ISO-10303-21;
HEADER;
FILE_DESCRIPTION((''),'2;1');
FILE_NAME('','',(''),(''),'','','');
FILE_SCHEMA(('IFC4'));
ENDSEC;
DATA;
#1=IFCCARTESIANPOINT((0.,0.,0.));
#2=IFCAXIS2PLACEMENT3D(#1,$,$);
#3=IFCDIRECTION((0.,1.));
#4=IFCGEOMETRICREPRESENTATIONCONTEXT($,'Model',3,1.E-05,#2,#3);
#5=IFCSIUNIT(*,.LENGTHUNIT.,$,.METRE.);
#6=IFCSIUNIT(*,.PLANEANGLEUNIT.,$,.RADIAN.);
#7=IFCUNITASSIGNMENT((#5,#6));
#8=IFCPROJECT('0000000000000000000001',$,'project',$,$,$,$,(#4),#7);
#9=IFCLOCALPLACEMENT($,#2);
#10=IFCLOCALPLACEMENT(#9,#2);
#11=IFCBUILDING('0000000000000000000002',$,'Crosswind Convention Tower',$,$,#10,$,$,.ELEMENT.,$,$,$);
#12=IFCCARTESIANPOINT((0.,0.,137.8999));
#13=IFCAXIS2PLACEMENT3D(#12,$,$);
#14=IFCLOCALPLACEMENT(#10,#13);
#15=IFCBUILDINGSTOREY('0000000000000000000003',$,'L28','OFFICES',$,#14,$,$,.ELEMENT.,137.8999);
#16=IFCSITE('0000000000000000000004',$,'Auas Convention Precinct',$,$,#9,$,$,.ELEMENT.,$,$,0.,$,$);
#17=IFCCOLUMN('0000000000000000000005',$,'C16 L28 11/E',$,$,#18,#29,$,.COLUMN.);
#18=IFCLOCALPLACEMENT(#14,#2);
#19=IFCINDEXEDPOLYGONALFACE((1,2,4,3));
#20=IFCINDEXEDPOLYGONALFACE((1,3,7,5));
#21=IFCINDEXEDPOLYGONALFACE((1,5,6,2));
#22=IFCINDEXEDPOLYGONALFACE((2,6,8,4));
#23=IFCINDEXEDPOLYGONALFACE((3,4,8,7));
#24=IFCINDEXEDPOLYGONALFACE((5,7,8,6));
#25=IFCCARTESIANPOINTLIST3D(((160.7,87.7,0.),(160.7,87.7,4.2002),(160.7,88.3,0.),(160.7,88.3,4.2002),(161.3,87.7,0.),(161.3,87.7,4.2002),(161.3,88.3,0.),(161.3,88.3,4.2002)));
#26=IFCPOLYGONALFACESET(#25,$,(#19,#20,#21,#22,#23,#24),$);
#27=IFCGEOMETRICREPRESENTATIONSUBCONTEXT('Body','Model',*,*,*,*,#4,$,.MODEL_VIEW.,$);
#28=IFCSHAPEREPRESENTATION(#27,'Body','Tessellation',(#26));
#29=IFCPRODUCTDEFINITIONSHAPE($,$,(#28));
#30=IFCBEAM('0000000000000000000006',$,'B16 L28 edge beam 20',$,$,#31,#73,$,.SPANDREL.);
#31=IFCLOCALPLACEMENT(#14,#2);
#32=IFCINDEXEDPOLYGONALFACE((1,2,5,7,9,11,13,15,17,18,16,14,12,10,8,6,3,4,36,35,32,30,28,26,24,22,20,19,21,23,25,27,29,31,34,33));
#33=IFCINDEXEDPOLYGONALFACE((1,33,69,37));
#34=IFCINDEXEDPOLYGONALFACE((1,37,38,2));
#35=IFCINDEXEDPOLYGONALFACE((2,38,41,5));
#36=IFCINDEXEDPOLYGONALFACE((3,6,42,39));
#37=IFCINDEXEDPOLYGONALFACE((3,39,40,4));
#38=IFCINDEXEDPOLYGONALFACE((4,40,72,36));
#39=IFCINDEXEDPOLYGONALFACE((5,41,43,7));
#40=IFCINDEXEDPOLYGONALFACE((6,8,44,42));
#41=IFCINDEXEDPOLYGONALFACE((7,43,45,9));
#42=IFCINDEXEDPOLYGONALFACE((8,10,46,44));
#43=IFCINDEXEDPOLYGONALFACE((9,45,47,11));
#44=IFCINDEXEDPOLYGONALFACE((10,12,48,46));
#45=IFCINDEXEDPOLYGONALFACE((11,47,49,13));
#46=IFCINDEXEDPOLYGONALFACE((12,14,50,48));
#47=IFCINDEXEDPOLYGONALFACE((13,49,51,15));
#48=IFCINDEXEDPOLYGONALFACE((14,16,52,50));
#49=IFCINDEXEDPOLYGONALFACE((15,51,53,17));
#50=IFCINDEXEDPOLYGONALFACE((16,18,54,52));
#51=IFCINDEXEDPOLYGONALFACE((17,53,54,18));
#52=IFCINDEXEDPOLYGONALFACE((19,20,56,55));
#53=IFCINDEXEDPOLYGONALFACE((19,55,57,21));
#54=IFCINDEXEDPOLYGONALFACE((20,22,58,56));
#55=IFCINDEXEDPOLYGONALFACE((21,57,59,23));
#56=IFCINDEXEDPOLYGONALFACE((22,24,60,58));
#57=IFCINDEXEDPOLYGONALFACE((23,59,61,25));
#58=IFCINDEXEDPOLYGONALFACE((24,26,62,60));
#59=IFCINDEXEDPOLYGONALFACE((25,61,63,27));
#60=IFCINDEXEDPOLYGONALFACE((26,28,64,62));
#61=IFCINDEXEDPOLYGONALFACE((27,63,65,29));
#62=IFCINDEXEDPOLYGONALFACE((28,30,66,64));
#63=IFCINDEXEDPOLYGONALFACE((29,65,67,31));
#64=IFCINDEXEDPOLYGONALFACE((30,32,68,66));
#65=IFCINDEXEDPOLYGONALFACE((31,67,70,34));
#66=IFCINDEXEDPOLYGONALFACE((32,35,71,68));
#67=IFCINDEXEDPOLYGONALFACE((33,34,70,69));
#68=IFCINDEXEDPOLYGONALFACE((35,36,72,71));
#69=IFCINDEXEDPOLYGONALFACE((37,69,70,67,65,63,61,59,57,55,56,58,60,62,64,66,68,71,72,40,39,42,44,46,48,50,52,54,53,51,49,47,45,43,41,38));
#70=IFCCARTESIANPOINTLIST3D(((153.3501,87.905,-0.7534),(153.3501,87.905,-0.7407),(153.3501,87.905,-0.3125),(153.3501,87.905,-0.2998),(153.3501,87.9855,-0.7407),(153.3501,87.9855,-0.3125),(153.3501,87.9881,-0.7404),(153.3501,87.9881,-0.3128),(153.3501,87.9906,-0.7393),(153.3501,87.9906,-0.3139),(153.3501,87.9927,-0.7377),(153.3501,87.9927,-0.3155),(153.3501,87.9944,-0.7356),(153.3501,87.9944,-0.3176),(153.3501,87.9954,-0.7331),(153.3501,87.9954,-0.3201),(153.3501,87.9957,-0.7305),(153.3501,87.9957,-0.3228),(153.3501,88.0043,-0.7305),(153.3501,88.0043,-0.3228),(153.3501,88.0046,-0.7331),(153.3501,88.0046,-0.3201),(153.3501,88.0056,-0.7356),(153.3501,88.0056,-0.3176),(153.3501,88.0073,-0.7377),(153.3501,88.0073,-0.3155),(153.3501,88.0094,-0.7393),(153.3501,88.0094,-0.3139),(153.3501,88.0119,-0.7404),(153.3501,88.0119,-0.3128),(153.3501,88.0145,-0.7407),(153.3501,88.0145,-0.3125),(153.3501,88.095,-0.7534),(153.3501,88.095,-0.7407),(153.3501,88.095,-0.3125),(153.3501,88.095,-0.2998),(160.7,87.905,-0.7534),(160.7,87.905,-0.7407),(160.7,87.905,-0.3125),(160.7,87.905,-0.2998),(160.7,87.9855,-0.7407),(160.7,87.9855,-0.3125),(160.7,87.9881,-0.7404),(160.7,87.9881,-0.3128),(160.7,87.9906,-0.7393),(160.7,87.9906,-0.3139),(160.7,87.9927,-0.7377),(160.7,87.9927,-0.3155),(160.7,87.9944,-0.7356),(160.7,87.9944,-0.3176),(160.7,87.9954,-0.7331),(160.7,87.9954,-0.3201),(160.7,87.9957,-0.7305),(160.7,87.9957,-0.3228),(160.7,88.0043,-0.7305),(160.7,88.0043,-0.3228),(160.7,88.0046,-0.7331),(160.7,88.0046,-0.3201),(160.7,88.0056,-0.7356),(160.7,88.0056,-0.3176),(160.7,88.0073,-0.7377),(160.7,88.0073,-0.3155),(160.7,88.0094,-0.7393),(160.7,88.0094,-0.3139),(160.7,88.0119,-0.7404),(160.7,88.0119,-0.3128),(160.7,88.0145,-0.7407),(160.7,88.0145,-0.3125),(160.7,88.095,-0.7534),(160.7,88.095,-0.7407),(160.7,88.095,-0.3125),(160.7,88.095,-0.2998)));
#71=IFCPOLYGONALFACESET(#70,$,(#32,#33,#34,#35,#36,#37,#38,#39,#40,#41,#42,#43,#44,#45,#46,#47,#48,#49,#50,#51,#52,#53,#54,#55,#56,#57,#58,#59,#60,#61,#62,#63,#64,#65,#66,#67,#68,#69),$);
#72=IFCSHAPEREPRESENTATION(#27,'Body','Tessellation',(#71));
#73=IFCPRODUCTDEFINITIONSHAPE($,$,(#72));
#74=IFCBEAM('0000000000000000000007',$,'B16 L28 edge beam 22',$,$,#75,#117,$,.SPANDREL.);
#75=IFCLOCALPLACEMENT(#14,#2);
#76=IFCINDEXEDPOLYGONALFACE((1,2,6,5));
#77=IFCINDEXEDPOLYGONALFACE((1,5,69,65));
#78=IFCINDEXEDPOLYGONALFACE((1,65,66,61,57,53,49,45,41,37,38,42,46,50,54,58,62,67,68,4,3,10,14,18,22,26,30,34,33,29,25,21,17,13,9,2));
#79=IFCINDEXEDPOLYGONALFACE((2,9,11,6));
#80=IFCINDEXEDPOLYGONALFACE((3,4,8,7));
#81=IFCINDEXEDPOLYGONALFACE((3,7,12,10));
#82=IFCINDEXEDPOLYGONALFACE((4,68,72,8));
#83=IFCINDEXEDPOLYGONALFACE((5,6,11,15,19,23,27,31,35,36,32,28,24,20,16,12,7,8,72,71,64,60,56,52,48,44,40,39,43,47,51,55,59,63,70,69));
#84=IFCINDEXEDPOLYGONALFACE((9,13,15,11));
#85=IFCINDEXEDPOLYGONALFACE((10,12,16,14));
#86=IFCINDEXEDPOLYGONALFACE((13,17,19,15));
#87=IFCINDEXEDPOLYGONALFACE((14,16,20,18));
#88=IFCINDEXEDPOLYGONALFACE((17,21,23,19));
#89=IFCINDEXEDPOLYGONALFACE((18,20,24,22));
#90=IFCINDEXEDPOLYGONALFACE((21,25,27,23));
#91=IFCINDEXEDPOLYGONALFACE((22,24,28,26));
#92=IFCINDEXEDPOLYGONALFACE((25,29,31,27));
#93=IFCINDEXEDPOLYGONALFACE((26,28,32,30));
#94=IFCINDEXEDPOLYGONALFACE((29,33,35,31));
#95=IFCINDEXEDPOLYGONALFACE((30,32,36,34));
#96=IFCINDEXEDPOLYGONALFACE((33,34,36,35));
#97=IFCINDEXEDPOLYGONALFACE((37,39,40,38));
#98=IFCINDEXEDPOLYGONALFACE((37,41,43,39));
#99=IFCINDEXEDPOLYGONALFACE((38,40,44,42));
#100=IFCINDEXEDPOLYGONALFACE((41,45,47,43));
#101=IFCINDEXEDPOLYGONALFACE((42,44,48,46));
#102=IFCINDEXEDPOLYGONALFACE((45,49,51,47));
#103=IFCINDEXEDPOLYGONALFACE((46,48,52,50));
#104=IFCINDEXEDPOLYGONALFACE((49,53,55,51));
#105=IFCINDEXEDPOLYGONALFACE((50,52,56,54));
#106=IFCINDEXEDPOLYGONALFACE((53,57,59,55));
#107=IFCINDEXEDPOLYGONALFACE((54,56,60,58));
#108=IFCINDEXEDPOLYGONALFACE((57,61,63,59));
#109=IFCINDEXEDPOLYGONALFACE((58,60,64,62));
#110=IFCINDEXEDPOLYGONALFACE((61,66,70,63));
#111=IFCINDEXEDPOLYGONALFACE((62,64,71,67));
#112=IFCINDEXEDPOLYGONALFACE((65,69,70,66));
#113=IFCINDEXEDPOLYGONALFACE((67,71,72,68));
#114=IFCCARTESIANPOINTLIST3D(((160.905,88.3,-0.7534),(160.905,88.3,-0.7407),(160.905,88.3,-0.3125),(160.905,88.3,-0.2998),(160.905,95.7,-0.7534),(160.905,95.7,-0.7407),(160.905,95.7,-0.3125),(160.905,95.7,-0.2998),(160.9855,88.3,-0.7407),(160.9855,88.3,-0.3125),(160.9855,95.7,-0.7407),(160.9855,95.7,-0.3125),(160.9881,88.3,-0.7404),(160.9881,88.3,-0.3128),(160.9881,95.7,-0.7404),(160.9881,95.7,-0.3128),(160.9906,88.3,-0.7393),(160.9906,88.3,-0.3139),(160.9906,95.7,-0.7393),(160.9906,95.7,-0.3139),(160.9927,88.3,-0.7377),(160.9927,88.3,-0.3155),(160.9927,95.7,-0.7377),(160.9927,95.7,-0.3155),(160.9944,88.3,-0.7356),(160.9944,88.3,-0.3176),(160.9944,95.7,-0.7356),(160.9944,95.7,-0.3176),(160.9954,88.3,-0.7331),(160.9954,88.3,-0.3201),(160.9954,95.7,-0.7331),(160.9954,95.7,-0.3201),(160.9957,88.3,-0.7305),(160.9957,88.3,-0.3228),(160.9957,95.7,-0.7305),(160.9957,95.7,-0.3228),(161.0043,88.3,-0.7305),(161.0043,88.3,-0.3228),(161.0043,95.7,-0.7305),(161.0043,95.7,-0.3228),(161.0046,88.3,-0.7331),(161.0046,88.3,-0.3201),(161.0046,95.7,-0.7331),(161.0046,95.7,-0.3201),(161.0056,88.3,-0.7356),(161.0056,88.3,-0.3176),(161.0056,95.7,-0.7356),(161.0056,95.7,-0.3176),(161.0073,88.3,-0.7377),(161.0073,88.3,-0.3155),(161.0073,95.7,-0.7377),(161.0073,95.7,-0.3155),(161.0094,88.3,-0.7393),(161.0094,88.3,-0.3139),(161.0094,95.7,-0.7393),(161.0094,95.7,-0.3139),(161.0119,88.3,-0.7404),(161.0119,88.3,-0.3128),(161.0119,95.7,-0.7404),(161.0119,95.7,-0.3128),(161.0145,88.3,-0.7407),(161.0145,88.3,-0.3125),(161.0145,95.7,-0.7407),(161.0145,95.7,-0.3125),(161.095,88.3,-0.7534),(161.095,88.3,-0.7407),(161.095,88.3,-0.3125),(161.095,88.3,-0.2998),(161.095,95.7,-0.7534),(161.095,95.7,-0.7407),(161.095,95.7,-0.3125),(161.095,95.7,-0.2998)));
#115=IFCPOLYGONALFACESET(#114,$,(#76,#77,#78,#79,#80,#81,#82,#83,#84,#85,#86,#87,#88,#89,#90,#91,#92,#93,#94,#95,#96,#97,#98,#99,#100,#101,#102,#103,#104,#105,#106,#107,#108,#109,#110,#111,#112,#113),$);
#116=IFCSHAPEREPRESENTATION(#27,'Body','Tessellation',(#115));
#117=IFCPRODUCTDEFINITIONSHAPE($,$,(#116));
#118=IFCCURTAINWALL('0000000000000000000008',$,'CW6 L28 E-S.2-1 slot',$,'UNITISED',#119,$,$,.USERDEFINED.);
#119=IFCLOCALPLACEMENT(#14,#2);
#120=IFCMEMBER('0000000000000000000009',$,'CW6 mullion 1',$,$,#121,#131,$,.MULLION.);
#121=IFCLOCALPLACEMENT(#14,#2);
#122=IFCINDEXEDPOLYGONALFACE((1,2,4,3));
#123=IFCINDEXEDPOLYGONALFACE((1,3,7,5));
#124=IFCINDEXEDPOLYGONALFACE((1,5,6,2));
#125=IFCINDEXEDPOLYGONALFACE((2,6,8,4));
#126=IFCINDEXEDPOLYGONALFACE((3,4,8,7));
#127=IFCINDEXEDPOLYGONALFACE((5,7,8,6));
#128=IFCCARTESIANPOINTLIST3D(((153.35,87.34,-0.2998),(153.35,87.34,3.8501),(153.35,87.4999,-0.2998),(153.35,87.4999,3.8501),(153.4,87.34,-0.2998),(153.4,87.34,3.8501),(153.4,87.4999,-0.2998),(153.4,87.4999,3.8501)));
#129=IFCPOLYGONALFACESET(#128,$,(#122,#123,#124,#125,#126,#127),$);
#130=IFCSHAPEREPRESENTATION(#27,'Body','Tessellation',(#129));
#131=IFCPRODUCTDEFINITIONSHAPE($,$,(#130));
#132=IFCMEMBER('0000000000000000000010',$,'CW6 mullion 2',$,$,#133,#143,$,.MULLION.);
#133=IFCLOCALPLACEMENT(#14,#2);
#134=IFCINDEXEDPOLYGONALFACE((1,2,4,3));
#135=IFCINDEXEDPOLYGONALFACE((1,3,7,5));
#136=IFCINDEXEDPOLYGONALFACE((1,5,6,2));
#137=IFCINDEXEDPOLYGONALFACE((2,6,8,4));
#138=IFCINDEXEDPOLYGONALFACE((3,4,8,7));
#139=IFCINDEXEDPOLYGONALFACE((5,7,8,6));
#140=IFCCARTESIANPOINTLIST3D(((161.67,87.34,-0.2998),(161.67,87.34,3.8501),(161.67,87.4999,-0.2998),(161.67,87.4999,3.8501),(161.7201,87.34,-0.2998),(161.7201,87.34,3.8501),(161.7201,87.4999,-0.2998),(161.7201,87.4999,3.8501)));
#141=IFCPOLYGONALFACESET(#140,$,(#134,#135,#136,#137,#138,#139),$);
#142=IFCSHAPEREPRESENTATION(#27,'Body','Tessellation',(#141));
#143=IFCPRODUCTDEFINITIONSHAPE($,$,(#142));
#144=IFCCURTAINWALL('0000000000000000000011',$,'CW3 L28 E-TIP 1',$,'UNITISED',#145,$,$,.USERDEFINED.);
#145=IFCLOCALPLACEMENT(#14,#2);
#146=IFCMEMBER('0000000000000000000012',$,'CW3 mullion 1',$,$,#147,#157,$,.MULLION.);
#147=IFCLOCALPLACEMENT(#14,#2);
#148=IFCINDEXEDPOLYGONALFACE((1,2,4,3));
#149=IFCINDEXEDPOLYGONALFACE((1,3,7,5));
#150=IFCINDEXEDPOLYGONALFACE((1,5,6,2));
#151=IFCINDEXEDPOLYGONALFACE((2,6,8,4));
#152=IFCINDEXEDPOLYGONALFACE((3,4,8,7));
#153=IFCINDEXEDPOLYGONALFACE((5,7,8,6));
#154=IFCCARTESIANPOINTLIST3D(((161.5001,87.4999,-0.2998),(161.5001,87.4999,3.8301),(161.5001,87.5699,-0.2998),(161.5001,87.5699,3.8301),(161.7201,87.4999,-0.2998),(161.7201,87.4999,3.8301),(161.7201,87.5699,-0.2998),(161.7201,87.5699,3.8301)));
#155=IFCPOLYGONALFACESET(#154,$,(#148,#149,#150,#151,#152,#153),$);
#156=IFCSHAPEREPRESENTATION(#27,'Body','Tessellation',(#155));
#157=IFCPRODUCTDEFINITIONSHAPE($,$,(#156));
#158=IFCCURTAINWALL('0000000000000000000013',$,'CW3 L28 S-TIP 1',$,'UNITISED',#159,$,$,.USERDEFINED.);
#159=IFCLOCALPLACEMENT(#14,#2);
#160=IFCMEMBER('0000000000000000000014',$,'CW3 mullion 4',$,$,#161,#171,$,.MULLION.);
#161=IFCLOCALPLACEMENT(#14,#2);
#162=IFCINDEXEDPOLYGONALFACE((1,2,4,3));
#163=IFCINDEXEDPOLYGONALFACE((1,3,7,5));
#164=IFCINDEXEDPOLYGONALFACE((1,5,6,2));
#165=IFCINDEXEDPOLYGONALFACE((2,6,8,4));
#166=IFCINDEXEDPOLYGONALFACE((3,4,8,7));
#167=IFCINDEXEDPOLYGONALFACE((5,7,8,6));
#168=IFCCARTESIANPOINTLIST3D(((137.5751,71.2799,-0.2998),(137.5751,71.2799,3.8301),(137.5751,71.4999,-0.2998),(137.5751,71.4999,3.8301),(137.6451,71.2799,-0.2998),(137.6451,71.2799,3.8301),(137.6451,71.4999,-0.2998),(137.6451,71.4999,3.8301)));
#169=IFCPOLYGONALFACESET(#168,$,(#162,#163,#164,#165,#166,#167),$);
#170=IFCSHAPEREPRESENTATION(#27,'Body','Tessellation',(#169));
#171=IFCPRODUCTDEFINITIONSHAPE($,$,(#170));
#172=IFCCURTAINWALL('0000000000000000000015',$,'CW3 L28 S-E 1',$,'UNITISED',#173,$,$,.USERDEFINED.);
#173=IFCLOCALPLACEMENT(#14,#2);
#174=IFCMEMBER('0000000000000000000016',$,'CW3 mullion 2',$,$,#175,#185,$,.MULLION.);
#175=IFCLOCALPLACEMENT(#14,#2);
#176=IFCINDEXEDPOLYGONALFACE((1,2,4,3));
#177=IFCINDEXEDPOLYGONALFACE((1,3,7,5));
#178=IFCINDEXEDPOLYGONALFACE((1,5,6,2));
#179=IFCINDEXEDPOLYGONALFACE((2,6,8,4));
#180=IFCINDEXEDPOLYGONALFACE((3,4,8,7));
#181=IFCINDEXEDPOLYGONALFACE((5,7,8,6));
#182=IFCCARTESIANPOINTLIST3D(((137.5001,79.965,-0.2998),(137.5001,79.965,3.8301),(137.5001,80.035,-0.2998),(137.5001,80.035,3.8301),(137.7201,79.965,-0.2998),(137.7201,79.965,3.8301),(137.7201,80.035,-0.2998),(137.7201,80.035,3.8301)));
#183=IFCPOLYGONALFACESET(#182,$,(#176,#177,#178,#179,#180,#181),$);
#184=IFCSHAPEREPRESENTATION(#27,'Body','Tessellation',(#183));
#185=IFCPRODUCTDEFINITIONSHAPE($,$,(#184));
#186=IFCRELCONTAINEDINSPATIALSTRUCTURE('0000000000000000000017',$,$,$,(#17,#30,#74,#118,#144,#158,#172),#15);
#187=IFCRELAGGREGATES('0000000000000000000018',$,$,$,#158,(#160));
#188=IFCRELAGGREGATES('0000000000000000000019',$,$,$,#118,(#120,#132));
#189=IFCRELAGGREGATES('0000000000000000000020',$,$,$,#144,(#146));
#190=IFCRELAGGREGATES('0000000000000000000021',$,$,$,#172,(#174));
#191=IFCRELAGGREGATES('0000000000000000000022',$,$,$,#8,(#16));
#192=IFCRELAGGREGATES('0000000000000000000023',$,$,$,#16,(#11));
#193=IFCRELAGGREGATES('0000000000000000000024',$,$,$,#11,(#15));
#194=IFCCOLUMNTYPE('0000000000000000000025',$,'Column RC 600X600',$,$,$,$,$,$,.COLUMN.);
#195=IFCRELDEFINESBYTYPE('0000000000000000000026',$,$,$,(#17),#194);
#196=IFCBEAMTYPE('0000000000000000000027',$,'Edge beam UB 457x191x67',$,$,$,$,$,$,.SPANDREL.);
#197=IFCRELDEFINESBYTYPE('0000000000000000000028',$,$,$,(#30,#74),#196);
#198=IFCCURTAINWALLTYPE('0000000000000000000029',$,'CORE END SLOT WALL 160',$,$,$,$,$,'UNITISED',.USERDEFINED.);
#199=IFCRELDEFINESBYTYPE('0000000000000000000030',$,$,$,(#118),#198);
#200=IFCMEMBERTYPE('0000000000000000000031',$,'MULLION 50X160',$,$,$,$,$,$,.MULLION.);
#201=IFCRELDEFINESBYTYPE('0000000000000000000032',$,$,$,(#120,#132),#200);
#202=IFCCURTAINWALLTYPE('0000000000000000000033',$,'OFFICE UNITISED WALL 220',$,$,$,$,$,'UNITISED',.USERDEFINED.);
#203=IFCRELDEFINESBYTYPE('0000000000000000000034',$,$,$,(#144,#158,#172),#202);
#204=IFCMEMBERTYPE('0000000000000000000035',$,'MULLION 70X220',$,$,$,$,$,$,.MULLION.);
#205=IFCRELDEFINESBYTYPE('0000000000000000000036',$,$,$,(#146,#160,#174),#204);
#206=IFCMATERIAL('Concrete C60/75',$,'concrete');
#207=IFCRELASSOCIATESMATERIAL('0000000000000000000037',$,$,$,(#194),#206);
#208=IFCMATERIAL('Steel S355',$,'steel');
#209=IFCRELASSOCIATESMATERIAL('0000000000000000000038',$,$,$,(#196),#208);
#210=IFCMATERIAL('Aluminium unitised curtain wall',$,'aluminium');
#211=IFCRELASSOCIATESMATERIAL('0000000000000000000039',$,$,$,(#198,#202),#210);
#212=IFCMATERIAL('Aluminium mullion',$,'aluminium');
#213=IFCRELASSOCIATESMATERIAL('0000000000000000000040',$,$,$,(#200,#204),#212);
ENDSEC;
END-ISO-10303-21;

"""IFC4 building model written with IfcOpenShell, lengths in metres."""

from ifc_helpers import new_model, si_unit, direction, frame, origin, origin_2d, place, context, subcontext, project, spatial, rectangle, i_section, extrude, material, material_profile, profile_set, type_object, element, aggregate, save


model = new_model("IFC4")

# Units and contexts
model_context = context("Model", 3, precision=1e-05, world=origin(), true_north=direction((0.0, 1.0)))
body_context = subcontext(model_context, "Body", "Model", "MODEL_VIEW")
ifc_project = project(units=[si_unit("LENGTHUNIT", "METRE"), si_unit("PLANEANGLEUNIT", "RADIAN")], contexts=[model_context])

# Site, building, storey
site_placement = place(None, origin())
site = spatial("IfcSite", under=ifc_project, at=site_placement, Name="Auas Convention Precinct", CompositionType="ELEMENT", RefElevation=0.0)
building_placement = place(site_placement, origin())
building = spatial("IfcBuilding", under=site, at=building_placement, Name="Crosswind Convention Tower", CompositionType="ELEMENT")
storey_placement = place(building_placement, frame((0.0, 0.0, 137.8999)))
storey = spatial("IfcBuildingStorey", under=building, at=storey_placement, Name="L28", Description="OFFICES", CompositionType="ELEMENT", Elevation=137.8999)

# Column
ifc_material_1 = material(Name="Concrete C60/75", Category="concrete")
ifc_material_profile_1 = material_profile(ifc_material_1, rectangle(XDim=0.6001, YDim=0.6001, at=origin_2d()), Name="RC 600X600")
ifc_profile_set_1 = profile_set([ifc_material_profile_1], Name="Concrete C60/75")
column_type = type_object("IfcColumnType", Name="Column RC 600X600", PredefinedType="COLUMN", material=ifc_profile_set_1)
column_placement = place(storey_placement, frame((161.0, 88.0, 0.0), z_axis=(0.0, 0.0, 1.0), x_axis=(1.0, 0.0, 0.0)))
element("IfcColumn", 1, at=column_placement, inside=storey, type_object=column_type, Name="C16 L28 11/E", PredefinedType="COLUMN", context=body_context, shape_type="SweptSolid", body=[
    extrude(rectangle(XDim=0.6001, YDim=0.6001, at=origin_2d()), origin(), (0.0, 0.0, 1.0), 4.2002),
])

# Beams
ifc_material_2 = material(Name="Steel S355", Category="steel")
ifc_material_profile_2 = material_profile(ifc_material_2, i_section(OverallWidth=0.1899, OverallDepth=0.4536, WebThickness=0.0085, FlangeThickness=0.0127, FilletRadius=0.0103, at=origin_2d()), Name="UB 457x191x67")
ifc_profile_set_2 = profile_set([ifc_material_profile_2], Name="Steel S355")
beam_type = type_object("IfcBeamType", Name="Edge beam UB 457x191x67", PredefinedType="SPANDREL", material=ifc_profile_set_2)
beam_1_placement = place(storey_placement, frame((153.3501, 88.0, -0.5266), z_axis=(1.0, 0.0, 0.0), x_axis=(0.0, 1.0, 0.0)))
element("IfcBeam", 2, at=beam_1_placement, inside=storey, type_object=beam_type, Name="B16 L28 edge beam 20", PredefinedType="SPANDREL", context=body_context, shape_type="SweptSolid", body=[
    extrude(i_section(OverallWidth=0.1899, OverallDepth=0.4536, WebThickness=0.0085, FlangeThickness=0.0127, FilletRadius=0.0103, at=origin_2d()), origin(), (0.0, 0.0, 1.0), 7.3499),
])
beam_2_placement = place(storey_placement, frame((161.0, 88.3, -0.5266), z_axis=(0.0, 1.0, 0.0), x_axis=(-1.0, 0.0, 0.0)))
element("IfcBeam", 3, at=beam_2_placement, inside=storey, type_object=beam_type, Name="B16 L28 edge beam 22", PredefinedType="SPANDREL", context=body_context, shape_type="SweptSolid", body=[
    extrude(i_section(OverallWidth=0.1899, OverallDepth=0.4536, WebThickness=0.0085, FlangeThickness=0.0127, FilletRadius=0.0103, at=origin_2d()), origin(), (0.0, 0.0, 1.0), 7.3999),
])

# Curtain wall, members
ifc_material_3 = material(Name="Aluminium unitised curtain wall", Category="aluminium")
curtain_wall_type_1 = type_object("IfcCurtainWallType", Name="CORE END SLOT WALL 160", ElementType="UNITISED", PredefinedType="USERDEFINED", material=ifc_material_3)
curtain_wall_1_placement = place(storey_placement, origin())
curtain_wall_1 = element("IfcCurtainWall", 4, at=curtain_wall_1_placement, inside=storey, type_object=curtain_wall_type_1, Name="CW6 L28 E-S.2-1 slot", ObjectType="UNITISED", PredefinedType="USERDEFINED")
ifc_material_4 = material(Name="Aluminium mullion", Category="aluminium")
ifc_material_profile_3 = material_profile(ifc_material_4, rectangle(XDim=0.1599, YDim=0.05, at=origin_2d()), Name="AL 160X50")
ifc_profile_set_3 = profile_set([ifc_material_profile_3], Name="Aluminium mullion")
member_type_1 = type_object("IfcMemberType", Name="MULLION 50X160", PredefinedType="MULLION", material=ifc_profile_set_3)
member_1_placement = place(storey_placement, frame((153.375, 87.4199, -0.2998), z_axis=(0.0, 0.0, 1.0), x_axis=(0.0, -1.0, 0.0)))
member_1 = element("IfcMember", 5, at=member_1_placement, type_object=member_type_1, Name="CW6 mullion 1", PredefinedType="MULLION", context=body_context, shape_type="SweptSolid", body=[
    extrude(rectangle(XDim=0.1599, YDim=0.05, at=origin_2d()), origin(), (0.0, 0.0, 1.0), 4.1499),
])
member_2_placement = place(storey_placement, frame((161.6951, 87.4199, -0.2998), z_axis=(0.0, 0.0, 1.0), x_axis=(0.0, -1.0, 0.0)))
member_2 = element("IfcMember", 6, at=member_2_placement, type_object=member_type_1, Name="CW6 mullion 2", PredefinedType="MULLION", context=body_context, shape_type="SweptSolid", body=[
    extrude(rectangle(XDim=0.1599, YDim=0.05, at=origin_2d()), origin(), (0.0, 0.0, 1.0), 4.1499),
])

# Curtain walls, members
curtain_wall_type_2 = type_object("IfcCurtainWallType", Name="OFFICE UNITISED WALL 220", ElementType="UNITISED", PredefinedType="USERDEFINED", material=ifc_material_3)
curtain_wall_2_placement = place(storey_placement, origin())
curtain_wall_2 = element("IfcCurtainWall", 7, at=curtain_wall_2_placement, inside=storey, type_object=curtain_wall_type_2, Name="CW3 L28 E-TIP 1", ObjectType="UNITISED", PredefinedType="USERDEFINED")
ifc_material_profile_4 = material_profile(ifc_material_4, rectangle(XDim=0.22, YDim=0.0701, at=origin_2d()), Name="AL 220X70")
ifc_profile_set_4 = profile_set([ifc_material_profile_4], Name="Aluminium mullion")
member_type_2 = type_object("IfcMemberType", Name="MULLION 70X220", PredefinedType="MULLION", material=ifc_profile_set_4)
member_3_placement = place(storey_placement, frame((161.6101, 87.5349, -0.2998), z_axis=(0.0, 0.0, 1.0), x_axis=(1.0, 0.0, 0.0)))
member_3 = element("IfcMember", 8, at=member_3_placement, type_object=member_type_2, Name="CW3 mullion 1", PredefinedType="MULLION", context=body_context, shape_type="SweptSolid", body=[
    extrude(rectangle(XDim=0.22, YDim=0.0701, at=origin_2d()), origin(), (0.0, 0.0, 1.0), 4.1299),
])
curtain_wall_3_placement = place(storey_placement, origin())
curtain_wall_3 = element("IfcCurtainWall", 9, at=curtain_wall_3_placement, inside=storey, type_object=curtain_wall_type_2, Name="CW3 L28 S-TIP 1", ObjectType="UNITISED", PredefinedType="USERDEFINED")
member_4_placement = place(storey_placement, frame((137.6101, 71.3899, -0.2998), z_axis=(0.0, 0.0, 1.0), x_axis=(0.0, -1.0, 0.0)))
member_4 = element("IfcMember", 10, at=member_4_placement, type_object=member_type_2, Name="CW3 mullion 4", PredefinedType="MULLION", context=body_context, shape_type="SweptSolid", body=[
    extrude(rectangle(XDim=0.22, YDim=0.0701, at=origin_2d()), origin(), (0.0, 0.0, 1.0), 4.1299),
])
aggregate(curtain_wall_3, [member_4])
curtain_wall_4_placement = place(storey_placement, origin())
curtain_wall_4 = element("IfcCurtainWall", 11, at=curtain_wall_4_placement, inside=storey, type_object=curtain_wall_type_2, Name="CW3 L28 S-E 1", ObjectType="UNITISED", PredefinedType="USERDEFINED")
member_5_placement = place(storey_placement, frame((137.6101, 80.0, -0.2998), z_axis=(0.0, 0.0, 1.0), x_axis=(1.0, 0.0, 0.0)))
member_5 = element("IfcMember", 12, at=member_5_placement, type_object=member_type_2, Name="CW3 mullion 2", PredefinedType="MULLION", context=body_context, shape_type="SweptSolid", body=[
    extrude(rectangle(XDim=0.22, YDim=0.0701, at=origin_2d()), origin(), (0.0, 0.0, 1.0), 4.1299),
])

aggregate(curtain_wall_1, [member_1, member_2])

aggregate(curtain_wall_2, [member_3])
aggregate(curtain_wall_4, [member_5])

save(model, "model.ifc")
